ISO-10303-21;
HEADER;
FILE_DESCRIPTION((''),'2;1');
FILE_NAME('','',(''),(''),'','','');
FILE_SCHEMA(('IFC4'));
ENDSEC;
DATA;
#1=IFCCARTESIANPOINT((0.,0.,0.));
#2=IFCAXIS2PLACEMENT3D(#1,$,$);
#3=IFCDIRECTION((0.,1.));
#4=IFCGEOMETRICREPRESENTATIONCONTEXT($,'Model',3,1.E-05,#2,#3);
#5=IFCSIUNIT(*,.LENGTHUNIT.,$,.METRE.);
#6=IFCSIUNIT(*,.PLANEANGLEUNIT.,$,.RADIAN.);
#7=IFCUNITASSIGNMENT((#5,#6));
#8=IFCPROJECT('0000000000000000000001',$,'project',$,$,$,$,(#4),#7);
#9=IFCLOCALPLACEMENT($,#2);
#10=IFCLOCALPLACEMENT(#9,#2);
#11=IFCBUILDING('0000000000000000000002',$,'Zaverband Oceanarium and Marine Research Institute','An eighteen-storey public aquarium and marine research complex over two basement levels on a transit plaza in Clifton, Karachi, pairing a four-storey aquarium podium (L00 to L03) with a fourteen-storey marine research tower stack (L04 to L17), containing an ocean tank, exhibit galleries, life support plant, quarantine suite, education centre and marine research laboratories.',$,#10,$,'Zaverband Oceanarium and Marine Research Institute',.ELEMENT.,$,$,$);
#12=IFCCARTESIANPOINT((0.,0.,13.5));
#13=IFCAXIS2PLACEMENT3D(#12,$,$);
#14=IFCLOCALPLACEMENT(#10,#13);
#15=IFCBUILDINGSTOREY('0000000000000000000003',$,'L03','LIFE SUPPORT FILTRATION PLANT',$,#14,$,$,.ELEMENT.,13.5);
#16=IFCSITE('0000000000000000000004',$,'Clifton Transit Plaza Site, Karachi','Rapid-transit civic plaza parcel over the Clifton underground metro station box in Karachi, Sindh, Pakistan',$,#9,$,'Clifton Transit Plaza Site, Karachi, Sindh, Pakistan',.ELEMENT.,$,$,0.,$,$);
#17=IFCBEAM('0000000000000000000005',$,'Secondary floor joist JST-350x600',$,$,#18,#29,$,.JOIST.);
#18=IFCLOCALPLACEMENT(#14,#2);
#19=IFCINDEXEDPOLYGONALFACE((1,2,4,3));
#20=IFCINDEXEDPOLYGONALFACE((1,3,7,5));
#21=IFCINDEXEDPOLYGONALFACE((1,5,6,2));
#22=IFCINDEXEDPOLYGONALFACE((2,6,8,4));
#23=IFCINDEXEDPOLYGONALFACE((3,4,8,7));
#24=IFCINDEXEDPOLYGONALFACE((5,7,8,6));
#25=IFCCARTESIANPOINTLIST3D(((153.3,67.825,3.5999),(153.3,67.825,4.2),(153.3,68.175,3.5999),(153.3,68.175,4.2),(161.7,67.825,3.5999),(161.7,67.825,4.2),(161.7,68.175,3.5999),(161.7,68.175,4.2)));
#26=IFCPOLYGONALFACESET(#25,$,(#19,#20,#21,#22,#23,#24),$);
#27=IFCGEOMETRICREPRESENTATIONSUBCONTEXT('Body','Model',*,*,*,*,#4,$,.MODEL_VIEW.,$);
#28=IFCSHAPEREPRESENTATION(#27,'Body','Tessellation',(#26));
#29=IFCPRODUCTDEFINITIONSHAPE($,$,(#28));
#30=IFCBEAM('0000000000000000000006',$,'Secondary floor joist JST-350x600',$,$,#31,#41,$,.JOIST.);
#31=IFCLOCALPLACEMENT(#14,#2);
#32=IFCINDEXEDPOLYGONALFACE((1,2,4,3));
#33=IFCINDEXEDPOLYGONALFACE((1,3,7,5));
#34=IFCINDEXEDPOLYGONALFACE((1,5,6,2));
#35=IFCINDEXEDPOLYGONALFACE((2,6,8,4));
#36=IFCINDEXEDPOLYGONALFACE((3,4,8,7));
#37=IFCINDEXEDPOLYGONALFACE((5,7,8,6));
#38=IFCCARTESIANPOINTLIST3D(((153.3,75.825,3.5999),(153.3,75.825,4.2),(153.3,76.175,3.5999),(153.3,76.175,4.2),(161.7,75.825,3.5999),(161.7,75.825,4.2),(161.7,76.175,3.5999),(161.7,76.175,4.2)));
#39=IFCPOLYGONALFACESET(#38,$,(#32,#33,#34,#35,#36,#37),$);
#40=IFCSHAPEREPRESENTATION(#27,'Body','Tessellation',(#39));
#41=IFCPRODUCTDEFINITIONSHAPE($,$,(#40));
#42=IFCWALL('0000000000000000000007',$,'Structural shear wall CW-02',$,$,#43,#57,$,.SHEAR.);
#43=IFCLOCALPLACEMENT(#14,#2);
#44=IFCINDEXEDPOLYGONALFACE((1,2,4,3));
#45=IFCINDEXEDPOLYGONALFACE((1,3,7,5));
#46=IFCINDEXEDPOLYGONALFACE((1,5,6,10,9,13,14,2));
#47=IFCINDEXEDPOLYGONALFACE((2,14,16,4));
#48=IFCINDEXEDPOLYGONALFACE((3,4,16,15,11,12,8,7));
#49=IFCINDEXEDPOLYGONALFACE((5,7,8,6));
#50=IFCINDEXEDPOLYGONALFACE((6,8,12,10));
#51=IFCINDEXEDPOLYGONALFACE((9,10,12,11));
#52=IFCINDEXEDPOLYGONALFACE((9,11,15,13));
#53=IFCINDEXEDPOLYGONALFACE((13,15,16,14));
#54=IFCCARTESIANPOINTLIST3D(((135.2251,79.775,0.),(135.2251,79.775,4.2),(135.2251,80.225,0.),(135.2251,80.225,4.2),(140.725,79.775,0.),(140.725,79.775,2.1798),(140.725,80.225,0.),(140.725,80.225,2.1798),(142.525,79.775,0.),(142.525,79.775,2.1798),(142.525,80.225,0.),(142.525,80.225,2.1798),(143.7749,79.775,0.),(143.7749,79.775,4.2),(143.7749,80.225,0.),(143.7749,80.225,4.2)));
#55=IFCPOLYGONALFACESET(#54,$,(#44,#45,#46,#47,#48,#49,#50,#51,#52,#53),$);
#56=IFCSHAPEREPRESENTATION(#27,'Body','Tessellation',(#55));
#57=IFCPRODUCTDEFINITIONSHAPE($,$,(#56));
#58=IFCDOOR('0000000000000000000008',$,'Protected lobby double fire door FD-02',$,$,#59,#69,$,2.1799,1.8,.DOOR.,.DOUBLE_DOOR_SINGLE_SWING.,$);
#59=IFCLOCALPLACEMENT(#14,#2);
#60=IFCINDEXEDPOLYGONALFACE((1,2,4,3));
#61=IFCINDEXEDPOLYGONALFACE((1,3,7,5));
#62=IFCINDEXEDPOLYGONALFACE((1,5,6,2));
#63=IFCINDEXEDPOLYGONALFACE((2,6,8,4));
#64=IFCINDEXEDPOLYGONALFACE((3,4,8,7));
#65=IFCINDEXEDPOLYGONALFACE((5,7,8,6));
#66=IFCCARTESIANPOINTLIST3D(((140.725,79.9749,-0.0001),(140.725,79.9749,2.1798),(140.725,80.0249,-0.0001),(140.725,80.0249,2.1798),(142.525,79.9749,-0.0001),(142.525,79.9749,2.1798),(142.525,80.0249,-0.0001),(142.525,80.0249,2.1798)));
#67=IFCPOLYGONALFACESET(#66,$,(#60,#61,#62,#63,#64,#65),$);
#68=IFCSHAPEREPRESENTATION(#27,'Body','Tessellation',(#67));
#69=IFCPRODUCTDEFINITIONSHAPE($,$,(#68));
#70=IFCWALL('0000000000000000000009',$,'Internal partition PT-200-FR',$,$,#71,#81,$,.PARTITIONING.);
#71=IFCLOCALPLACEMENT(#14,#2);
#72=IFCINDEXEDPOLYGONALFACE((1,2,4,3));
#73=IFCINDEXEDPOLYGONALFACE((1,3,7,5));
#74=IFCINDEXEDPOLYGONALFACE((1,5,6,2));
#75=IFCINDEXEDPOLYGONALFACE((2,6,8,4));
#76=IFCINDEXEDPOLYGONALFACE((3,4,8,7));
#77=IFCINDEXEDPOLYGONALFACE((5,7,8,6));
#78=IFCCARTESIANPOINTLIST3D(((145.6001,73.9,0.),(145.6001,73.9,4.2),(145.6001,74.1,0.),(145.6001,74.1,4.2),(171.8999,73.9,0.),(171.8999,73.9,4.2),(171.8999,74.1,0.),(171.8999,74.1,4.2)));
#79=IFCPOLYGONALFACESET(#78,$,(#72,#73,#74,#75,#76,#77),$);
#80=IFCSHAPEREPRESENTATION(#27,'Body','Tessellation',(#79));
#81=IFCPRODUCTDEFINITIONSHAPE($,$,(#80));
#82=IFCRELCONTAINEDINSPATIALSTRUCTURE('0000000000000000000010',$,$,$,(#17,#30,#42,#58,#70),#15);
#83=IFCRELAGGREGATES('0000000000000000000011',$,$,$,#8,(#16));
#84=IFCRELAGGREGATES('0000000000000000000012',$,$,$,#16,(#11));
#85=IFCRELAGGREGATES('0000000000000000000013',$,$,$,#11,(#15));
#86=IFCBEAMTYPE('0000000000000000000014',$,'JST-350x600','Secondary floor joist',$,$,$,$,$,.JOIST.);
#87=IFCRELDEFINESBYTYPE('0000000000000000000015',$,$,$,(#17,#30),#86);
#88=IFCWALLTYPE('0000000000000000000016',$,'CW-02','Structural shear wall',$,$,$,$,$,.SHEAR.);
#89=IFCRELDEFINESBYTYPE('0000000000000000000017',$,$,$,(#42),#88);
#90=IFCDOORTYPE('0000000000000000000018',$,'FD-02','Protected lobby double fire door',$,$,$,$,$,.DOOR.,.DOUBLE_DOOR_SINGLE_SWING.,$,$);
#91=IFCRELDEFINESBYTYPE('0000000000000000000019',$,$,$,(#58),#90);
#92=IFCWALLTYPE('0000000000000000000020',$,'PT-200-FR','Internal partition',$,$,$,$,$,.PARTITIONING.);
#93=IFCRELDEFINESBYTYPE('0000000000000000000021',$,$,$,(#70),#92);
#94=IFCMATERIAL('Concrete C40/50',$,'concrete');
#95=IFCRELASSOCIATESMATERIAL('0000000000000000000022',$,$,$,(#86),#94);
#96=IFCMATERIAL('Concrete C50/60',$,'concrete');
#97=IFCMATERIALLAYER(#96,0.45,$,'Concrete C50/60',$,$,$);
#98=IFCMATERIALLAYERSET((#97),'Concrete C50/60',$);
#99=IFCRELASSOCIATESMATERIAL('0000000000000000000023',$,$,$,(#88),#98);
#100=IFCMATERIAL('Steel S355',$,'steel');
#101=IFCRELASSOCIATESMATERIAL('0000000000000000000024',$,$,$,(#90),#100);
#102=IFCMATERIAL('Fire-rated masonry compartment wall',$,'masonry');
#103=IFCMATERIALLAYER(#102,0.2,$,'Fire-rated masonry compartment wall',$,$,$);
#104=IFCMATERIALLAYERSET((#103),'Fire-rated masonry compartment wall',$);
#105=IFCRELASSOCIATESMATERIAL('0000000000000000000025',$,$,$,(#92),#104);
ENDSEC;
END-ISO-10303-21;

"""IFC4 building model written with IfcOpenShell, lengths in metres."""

from ifc_helpers import new_model, si_unit, direction, frame, frame_2d, origin, origin_2d, place, context, subcontext, project, spatial, rectangle, extrude, material, layer, layer_set, material_profile, profile_set, type_object, element, fill, save


model = new_model("IFC4")

# Units and contexts
model_context = context("Model", 3, precision=1e-05, world=origin(), true_north=direction((0.0, 1.0)))
body_context = subcontext(model_context, "Body", "Model", "MODEL_VIEW")
ifc_project = project(units=[si_unit("LENGTHUNIT", "METRE"), si_unit("PLANEANGLEUNIT", "RADIAN")], contexts=[model_context])

# Site, building, storey
site_placement = place(None, origin())
site = spatial("IfcSite", under=ifc_project, at=site_placement, Name="Clifton Transit Plaza Site, Karachi", Description="Rapid-transit civic plaza parcel over the Clifton underground metro station box in Karachi, Sindh, Pakistan", LongName="Clifton Transit Plaza Site, Karachi, Sindh, Pakistan", CompositionType="ELEMENT", RefElevation=0.0)
building_placement = place(site_placement, origin())
building = spatial("IfcBuilding", under=site, at=building_placement, Name="Zaverband Oceanarium and Marine Research Institute", Description="An eighteen-storey public aquarium and marine research complex over two basement levels on a transit plaza in Clifton, Karachi, pairing a four-storey aquarium podium (L00 to L03) with a fourteen-storey marine research tower stack (L04 to L17), containing an ocean tank, exhibit galleries, life support plant, quarantine suite, education centre and marine research laboratories.", LongName="Zaverband Oceanarium and Marine Research Institute", CompositionType="ELEMENT")
storey_placement = place(building_placement, frame((0.0, 0.0, 13.5)))
storey = spatial("IfcBuildingStorey", under=building, at=storey_placement, Name="L03", Description="LIFE SUPPORT FILTRATION PLANT", CompositionType="ELEMENT", Elevation=13.5)

# Shared definitions
ifc_material_1 = material(Name="Concrete C50/60", Category="concrete")

# Beams
ifc_material_2 = material(Name="Concrete C40/50", Category="concrete")
ifc_material_profile_1 = material_profile(ifc_material_2, rectangle(XDim=0.3501, YDim=0.6001, at=origin_2d()), Name="RC350x600")
ifc_profile_set_1 = profile_set([ifc_material_profile_1], Name="Concrete C40/50")
beam_type_1 = type_object("IfcBeamType", Name="JST-350x600", Description="Secondary floor joist", PredefinedType="JOIST", material=ifc_profile_set_1)
for number, where, z_axis, x_axis, name in (
    (1, (153.3, 68.0, 3.8999), (1.0, 0.0, 0.0), (0.0, 1.0, 0.0), "Secondary floor joist JST-350x600"),
    (2, (153.3, 76.0, 3.8999), (1.0, 0.0, 0.0), (0.0, 1.0, 0.0), "Secondary floor joist JST-350x600"),
):
    element("IfcBeam", number, at=place(storey_placement, frame(where, z_axis=z_axis, x_axis=x_axis)), inside=storey, type_object=beam_type_1, Name=name, PredefinedType="JOIST", context=body_context, shape_type="SweptSolid", body=[
        extrude(rectangle(XDim=0.3501, YDim=0.6001, at=origin_2d()), origin(), (0.0, 0.0, 1.0), 8.3999),
    ])

# Wall, opening, door
ifc_layer_1 = layer(ifc_material_1, 0.45, Name="Concrete C50/60")
ifc_layer_set_1 = layer_set([ifc_layer_1], Name="Concrete C50/60")
wall_type_1 = type_object("IfcWallType", Name="CW-02", Description="Structural shear wall", PredefinedType="SHEAR", material=ifc_layer_set_1)
wall_1_placement = place(storey_placement, frame((135.2251, 80.0, 0.0), z_axis=(0.0, 0.0, 1.0), x_axis=(1.0, 0.0, 0.0)))
wall_1 = element("IfcWall", 3, at=wall_1_placement, inside=storey, type_object=wall_type_1, Name="Structural shear wall CW-02", PredefinedType="SHEAR", context=body_context, shape_type="SweptSolid", body=[
    extrude(rectangle(XDim=8.5498, YDim=0.45, at=frame_2d((4.2749, 0.0))), origin(), (0.0, 0.0, 1.0), 4.2),
])
opening_placement = place(wall_1_placement, frame((5.5, 0.0, 0.0)))
opening = element("IfcOpeningElement", 4, at=opening_placement, cuts=wall_1, PredefinedType="OPENING", context=body_context, shape_type="SweptSolid", body=[
    extrude(rectangle(XDim=1.8, YDim=2.1799, at=frame_2d((0.8999, 1.0898))), frame((0.0, 0.2368, 0.0), z_axis=(0.0, -1.0, 0.0), x_axis=(1.0, 0.0, 0.0)), (0.0, 0.0, 1.0), 0.4739),
])
ifc_material_3 = material(Name="Steel S355", Category="steel")
door_type = type_object("IfcDoorType", Name="FD-02", Description="Protected lobby double fire door", OperationType="DOUBLE_DOOR_SINGLE_SWING", PredefinedType="DOOR", material=ifc_material_3)
door_placement = place(opening_placement, origin())
door = element("IfcDoor", 5, at=door_placement, inside=storey, type_object=door_type, Name="Protected lobby double fire door FD-02", OperationType="DOUBLE_DOOR_SINGLE_SWING", OverallHeight=2.1799, OverallWidth=1.8, PredefinedType="DOOR", context=body_context, shape_type="SweptSolid", body=[
    extrude(rectangle(XDim=1.8, YDim=2.1799, at=frame_2d((0.8999, 1.0898))), frame((0.0, 0.0249, 0.0), z_axis=(0.0, -1.0, 0.0), x_axis=(1.0, 0.0, 0.0)), (0.0, 0.0, 1.0), 0.05),
])
fill(opening, door)

# Wall
ifc_material_4 = material(Name="Fire-rated masonry compartment wall", Category="masonry")
ifc_layer_2 = layer(ifc_material_4, 0.2, Name="Fire-rated masonry compartment wall")
ifc_layer_set_2 = layer_set([ifc_layer_2], Name="Fire-rated masonry compartment wall")
wall_type_2 = type_object("IfcWallType", Name="PT-200-FR", Description="Internal partition", PredefinedType="PARTITIONING", material=ifc_layer_set_2)
wall_2_placement = place(storey_placement, frame((145.6001, 74.0, 0.0), z_axis=(0.0, 0.0, 1.0), x_axis=(1.0, 0.0, 0.0)))
element("IfcWall", 6, at=wall_2_placement, inside=storey, type_object=wall_type_2, Name="Internal partition PT-200-FR", PredefinedType="PARTITIONING", context=body_context, shape_type="SweptSolid", body=[
    extrude(rectangle(XDim=26.2998, YDim=0.2, at=frame_2d((13.1499, 0.0))), origin(), (0.0, 0.0, 1.0), 4.2),
])

save(model, "model.ifc")
